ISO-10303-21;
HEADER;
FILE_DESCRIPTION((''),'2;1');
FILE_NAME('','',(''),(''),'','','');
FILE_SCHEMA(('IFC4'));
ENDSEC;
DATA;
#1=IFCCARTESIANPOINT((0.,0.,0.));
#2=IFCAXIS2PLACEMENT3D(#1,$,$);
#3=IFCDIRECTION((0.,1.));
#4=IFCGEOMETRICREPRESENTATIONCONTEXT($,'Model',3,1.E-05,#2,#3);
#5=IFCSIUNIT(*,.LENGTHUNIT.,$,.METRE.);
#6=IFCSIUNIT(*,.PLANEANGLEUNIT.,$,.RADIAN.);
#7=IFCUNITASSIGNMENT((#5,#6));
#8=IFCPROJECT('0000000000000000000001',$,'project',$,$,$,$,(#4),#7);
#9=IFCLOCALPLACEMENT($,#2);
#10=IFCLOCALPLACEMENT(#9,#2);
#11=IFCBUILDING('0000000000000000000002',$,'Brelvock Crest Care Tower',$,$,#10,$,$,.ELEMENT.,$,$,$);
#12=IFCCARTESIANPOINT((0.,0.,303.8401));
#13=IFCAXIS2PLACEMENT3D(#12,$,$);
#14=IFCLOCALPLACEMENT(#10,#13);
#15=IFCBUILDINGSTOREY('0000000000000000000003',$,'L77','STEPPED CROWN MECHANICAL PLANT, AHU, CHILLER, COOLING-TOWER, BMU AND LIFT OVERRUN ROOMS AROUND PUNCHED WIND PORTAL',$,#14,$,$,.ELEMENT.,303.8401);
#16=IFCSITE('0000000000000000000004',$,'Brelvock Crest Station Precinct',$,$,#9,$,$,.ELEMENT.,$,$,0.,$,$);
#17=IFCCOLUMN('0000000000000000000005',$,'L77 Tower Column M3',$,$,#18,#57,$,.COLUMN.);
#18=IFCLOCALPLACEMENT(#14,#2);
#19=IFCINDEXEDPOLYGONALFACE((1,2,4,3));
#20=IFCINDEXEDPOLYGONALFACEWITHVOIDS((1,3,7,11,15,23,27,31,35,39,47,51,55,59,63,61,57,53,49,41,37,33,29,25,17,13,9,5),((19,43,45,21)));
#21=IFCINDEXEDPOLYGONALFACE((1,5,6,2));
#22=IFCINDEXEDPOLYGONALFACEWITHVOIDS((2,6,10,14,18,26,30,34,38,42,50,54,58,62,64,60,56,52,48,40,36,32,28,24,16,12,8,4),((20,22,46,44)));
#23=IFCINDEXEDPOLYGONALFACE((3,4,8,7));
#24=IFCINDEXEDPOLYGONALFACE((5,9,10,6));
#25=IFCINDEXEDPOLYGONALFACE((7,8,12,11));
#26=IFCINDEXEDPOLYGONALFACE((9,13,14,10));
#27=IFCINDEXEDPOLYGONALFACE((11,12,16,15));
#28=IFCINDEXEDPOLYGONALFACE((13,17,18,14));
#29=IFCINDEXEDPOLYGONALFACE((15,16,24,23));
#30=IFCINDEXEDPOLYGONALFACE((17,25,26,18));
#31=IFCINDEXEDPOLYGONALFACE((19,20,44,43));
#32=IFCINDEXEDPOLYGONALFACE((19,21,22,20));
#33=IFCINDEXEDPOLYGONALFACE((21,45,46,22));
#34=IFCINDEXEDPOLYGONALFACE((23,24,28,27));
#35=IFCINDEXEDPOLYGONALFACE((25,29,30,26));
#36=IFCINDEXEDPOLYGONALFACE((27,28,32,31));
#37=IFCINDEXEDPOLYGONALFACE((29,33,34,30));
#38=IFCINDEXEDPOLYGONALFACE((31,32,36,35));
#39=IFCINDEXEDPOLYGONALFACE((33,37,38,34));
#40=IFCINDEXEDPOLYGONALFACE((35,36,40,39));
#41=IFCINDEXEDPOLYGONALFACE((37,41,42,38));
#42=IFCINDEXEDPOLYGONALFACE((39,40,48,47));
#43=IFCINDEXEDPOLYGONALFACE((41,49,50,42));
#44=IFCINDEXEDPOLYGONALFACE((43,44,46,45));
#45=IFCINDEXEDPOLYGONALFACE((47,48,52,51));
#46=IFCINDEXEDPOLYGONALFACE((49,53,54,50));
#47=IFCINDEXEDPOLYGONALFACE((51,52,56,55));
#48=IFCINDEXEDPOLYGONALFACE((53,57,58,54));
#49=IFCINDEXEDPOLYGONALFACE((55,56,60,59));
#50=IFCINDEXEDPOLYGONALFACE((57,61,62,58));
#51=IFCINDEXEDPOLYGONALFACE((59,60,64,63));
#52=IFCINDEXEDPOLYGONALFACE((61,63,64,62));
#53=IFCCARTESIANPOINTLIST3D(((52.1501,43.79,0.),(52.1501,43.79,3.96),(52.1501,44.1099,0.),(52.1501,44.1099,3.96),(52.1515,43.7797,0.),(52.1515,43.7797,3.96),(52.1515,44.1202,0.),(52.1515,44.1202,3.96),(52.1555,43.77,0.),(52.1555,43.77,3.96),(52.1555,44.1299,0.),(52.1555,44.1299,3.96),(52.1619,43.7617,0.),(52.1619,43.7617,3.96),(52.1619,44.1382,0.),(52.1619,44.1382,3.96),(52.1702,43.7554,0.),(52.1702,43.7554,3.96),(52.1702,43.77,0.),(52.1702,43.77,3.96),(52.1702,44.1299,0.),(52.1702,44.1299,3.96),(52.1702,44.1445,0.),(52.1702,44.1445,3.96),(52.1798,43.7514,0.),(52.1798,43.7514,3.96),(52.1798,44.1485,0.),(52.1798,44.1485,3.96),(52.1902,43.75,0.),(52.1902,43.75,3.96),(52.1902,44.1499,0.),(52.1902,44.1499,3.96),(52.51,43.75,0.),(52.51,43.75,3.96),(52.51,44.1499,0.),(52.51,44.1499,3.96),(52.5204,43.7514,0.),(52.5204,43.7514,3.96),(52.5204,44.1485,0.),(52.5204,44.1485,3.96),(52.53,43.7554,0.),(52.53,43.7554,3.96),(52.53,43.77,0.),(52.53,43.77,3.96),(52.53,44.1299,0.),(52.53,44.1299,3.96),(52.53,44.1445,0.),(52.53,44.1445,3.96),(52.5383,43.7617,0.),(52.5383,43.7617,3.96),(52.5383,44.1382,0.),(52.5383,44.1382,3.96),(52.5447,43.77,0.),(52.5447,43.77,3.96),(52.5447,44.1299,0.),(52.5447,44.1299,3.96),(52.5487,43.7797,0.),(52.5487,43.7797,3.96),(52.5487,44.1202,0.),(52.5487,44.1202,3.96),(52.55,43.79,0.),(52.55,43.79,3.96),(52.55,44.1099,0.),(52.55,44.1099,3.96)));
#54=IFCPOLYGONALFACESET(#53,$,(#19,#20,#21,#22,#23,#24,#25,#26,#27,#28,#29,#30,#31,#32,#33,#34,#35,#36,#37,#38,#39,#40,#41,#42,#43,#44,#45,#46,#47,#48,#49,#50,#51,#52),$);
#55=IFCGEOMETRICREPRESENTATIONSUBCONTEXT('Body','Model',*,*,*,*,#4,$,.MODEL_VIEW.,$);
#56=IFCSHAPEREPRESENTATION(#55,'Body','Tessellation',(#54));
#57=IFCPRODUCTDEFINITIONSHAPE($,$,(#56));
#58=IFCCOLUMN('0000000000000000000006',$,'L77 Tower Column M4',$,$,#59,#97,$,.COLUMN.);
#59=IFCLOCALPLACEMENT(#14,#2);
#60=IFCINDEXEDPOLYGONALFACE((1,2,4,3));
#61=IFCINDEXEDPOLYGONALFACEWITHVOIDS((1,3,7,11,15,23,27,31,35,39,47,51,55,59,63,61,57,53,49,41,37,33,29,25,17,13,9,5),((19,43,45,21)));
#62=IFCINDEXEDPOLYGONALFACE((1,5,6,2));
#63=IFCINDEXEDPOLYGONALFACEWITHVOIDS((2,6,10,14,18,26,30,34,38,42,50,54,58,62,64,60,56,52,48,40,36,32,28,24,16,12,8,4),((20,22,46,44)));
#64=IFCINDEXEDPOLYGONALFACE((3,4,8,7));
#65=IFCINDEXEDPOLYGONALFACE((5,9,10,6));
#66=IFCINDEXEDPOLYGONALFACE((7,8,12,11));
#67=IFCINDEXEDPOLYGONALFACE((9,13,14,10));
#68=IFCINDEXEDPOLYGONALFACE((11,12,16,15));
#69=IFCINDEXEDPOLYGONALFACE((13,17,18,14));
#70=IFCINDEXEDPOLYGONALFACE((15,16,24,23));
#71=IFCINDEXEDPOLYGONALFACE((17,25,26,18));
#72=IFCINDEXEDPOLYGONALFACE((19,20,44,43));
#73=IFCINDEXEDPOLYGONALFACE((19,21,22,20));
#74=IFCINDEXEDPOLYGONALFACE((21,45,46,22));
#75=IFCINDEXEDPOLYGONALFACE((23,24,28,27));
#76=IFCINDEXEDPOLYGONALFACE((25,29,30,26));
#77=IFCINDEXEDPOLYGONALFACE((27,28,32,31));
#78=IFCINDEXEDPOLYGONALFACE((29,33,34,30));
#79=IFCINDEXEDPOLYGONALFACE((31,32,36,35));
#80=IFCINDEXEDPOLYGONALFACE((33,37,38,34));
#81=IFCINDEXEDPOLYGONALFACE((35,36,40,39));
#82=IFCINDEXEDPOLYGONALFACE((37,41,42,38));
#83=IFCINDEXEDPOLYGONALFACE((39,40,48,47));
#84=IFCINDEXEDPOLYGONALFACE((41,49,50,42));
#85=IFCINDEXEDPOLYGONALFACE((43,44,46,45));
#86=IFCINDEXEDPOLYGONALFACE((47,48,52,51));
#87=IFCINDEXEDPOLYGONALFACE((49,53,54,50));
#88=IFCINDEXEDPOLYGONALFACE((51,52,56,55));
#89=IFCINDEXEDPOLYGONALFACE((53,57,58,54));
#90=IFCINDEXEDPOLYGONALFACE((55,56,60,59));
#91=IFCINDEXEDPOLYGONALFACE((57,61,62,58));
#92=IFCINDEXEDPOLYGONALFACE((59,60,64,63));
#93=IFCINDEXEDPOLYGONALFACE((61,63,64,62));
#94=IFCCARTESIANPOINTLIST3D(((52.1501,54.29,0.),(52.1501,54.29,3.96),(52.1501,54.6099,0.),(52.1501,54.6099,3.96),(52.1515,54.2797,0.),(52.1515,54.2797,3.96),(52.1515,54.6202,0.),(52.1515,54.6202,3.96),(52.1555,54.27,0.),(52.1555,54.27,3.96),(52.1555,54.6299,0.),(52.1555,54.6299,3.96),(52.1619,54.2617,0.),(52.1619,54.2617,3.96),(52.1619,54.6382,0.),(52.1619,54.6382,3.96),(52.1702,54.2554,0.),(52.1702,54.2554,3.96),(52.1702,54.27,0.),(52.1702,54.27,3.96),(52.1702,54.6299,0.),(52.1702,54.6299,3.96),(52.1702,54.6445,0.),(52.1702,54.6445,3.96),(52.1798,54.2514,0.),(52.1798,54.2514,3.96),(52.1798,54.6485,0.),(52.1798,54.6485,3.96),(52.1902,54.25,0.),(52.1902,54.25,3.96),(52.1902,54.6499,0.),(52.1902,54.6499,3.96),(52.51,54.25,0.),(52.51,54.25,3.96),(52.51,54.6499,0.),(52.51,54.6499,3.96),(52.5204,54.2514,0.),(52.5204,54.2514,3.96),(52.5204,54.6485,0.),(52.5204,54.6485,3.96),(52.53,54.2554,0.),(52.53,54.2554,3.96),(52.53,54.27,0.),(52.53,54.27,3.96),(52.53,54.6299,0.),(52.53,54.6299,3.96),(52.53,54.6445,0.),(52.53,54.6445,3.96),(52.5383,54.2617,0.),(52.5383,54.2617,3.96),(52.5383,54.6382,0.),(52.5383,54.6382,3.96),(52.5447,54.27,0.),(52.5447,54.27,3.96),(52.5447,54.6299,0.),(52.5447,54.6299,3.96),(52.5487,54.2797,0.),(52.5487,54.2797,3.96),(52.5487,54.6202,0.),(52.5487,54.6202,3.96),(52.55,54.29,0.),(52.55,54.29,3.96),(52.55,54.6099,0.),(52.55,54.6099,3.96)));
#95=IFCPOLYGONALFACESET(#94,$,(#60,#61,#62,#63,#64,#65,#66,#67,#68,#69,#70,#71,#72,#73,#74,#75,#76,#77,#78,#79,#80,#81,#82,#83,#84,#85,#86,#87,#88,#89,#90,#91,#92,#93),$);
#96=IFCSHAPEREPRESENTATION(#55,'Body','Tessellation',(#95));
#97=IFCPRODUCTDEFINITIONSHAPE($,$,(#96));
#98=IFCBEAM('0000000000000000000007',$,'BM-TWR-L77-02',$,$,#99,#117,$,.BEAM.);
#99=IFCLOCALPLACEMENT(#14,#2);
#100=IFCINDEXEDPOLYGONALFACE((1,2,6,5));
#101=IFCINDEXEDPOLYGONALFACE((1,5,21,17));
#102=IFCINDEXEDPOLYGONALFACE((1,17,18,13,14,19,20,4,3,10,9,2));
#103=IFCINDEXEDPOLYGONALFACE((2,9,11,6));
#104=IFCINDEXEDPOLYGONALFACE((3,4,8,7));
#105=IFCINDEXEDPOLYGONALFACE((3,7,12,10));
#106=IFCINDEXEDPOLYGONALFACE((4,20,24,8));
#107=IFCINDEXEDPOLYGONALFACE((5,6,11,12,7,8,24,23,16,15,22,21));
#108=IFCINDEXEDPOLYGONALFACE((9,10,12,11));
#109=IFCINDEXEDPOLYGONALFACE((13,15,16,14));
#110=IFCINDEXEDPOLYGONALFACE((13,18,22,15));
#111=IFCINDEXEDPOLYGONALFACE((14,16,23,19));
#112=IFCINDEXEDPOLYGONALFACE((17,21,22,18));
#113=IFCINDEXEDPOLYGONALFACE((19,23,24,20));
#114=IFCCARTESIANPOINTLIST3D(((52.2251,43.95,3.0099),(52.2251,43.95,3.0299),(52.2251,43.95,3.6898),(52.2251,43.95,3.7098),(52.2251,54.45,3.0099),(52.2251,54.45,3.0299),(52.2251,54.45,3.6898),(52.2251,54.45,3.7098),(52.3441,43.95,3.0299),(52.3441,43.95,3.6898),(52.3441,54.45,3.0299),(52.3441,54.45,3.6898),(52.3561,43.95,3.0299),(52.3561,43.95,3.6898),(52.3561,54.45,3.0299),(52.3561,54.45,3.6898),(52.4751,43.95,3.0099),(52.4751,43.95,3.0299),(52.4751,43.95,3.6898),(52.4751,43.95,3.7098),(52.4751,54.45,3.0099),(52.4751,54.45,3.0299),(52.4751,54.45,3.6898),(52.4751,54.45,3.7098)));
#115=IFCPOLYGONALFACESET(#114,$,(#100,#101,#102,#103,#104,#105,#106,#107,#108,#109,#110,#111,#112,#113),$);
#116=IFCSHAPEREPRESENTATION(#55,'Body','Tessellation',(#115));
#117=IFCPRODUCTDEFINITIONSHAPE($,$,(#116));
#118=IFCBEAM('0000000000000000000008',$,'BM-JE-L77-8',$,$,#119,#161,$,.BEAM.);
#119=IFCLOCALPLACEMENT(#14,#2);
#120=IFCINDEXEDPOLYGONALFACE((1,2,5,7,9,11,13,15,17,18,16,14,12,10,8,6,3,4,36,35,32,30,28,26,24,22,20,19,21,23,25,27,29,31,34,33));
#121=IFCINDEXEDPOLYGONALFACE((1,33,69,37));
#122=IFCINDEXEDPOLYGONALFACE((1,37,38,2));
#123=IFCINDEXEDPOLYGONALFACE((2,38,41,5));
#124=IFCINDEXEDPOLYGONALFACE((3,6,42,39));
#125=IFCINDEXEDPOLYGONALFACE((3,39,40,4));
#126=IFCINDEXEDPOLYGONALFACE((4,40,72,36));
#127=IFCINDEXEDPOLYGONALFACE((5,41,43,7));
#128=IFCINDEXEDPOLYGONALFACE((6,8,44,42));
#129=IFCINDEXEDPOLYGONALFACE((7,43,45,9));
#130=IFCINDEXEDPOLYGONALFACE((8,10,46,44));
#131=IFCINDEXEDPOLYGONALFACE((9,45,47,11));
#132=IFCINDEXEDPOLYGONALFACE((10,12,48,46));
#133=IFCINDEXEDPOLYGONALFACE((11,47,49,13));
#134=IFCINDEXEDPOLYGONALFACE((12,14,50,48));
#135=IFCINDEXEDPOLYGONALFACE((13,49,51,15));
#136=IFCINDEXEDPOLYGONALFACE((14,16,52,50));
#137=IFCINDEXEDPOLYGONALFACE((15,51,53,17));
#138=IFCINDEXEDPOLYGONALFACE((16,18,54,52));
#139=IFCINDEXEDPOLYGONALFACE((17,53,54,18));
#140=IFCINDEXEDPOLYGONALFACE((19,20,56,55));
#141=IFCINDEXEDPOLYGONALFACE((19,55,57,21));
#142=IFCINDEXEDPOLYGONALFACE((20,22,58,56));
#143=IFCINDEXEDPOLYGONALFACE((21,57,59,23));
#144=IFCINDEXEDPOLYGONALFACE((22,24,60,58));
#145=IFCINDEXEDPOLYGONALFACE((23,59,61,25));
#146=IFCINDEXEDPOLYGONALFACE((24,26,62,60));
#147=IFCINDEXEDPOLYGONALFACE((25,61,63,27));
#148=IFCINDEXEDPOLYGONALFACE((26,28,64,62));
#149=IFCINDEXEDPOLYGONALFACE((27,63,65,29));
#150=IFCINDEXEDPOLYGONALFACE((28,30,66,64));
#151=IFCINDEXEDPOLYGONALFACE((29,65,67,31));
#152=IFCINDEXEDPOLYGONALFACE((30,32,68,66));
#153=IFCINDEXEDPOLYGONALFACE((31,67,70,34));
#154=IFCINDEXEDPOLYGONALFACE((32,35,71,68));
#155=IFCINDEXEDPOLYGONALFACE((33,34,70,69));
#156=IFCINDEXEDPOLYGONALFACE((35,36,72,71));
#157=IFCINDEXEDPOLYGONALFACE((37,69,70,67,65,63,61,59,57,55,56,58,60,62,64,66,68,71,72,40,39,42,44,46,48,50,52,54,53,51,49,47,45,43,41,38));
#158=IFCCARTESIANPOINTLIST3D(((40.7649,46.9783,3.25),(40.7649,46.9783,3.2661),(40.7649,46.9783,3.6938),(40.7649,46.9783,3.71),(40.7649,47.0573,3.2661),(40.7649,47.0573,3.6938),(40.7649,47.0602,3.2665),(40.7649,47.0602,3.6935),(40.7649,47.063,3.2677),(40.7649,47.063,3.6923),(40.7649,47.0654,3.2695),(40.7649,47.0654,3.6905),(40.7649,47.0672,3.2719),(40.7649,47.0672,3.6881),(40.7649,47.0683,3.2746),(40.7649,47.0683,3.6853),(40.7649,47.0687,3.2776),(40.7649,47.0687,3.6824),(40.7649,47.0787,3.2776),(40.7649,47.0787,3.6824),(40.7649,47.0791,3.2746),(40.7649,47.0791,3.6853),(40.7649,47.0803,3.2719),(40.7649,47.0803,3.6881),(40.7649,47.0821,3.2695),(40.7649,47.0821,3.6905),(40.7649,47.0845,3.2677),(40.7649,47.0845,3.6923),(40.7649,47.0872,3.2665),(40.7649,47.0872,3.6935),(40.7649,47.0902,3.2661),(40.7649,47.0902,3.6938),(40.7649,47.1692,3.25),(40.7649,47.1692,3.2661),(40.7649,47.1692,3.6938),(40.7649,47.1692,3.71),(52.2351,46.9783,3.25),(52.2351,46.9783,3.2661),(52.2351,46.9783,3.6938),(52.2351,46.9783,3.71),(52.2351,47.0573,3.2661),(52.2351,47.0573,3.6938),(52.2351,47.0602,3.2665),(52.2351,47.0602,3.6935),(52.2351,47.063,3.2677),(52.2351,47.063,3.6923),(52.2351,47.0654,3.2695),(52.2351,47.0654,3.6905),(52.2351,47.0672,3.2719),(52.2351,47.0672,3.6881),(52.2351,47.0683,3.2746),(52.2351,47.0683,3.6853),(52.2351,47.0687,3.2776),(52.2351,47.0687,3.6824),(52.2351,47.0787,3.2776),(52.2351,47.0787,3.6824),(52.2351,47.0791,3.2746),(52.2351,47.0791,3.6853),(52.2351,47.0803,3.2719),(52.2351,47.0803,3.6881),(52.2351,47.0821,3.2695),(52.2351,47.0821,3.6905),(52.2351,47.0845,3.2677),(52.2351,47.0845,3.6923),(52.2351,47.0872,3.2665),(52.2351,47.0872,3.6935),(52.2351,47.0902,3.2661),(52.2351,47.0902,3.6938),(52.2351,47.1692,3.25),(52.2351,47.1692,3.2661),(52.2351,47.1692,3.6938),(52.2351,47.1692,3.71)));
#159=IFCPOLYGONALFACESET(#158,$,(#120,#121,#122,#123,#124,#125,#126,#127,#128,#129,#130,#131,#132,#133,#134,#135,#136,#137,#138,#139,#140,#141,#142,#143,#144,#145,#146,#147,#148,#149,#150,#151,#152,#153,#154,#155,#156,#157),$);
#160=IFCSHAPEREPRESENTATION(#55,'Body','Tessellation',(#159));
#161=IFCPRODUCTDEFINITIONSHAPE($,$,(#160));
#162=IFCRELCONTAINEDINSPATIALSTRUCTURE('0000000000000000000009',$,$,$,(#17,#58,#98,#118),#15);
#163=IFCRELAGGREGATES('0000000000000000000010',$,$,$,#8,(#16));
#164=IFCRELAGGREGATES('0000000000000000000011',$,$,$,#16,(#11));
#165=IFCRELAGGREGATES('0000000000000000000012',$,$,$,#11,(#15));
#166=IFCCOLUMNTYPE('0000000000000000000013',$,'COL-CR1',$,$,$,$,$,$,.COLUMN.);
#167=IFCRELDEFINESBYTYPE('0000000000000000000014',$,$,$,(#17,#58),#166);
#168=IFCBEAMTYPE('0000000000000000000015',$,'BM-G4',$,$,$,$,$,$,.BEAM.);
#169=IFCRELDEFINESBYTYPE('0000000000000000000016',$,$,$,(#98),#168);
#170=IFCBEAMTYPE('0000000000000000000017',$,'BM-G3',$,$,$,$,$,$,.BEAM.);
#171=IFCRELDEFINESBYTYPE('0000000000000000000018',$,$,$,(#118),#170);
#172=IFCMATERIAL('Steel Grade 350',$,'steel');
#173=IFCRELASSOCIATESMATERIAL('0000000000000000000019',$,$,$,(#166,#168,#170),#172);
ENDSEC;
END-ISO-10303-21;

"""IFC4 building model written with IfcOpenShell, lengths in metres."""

from ifc_helpers import new_model, si_unit, direction, frame, origin, origin_2d, place, context, subcontext, project, spatial, hollow_rectangle, i_section, extrude, source, transform, mapped, material, material_profile, profile_set, type_object, element, save


model = new_model("IFC4")

# Units and contexts
model_context = context("Model", 3, precision=1e-05, world=origin(), true_north=direction((0.0, 1.0)))
body_context = subcontext(model_context, "Body", "Model", "MODEL_VIEW")
ifc_project = project(units=[si_unit("LENGTHUNIT", "METRE"), si_unit("PLANEANGLEUNIT", "RADIAN")], contexts=[model_context])

# Site, building, storey
site_placement = place(None, origin())
site = spatial("IfcSite", under=ifc_project, at=site_placement, Name="Brelvock Crest Station Precinct", CompositionType="ELEMENT", RefElevation=0.0)
building_placement = place(site_placement, origin())
building = spatial("IfcBuilding", under=site, at=building_placement, Name="Brelvock Crest Care Tower", CompositionType="ELEMENT")
storey_placement = place(building_placement, frame((0.0, 0.0, 303.8401)))
storey = spatial("IfcBuildingStorey", under=building, at=storey_placement, Name="L77", Description="STEPPED CROWN MECHANICAL PLANT, AHU, CHILLER, COOLING-TOWER, BMU AND LIFT OVERRUN ROOMS AROUND PUNCHED WIND PORTAL", CompositionType="ELEMENT", Elevation=303.8401)

# Columns
ifc_material_1 = material(Name="Steel Grade 350", Category="steel")
ifc_material_profile_1 = material_profile(ifc_material_1, hollow_rectangle(XDim=0.3999, YDim=0.3999, WallThickness=0.02, OuterFilletRadius=0.04, at=origin_2d()), Name="SHS400x400x20.0")
ifc_profile_set_1 = profile_set([ifc_material_profile_1], Name="Steel Grade 350")
column_type = type_object("IfcColumnType", Name="COL-CR1", PredefinedType="COLUMN", material=ifc_profile_set_1)
shared_shape_1 = source(origin(), body_context, "Body", "SweptSolid", [
    extrude(hollow_rectangle(XDim=0.3999, YDim=0.3999, WallThickness=0.02, OuterFilletRadius=0.04, at=origin_2d()), origin(), (0.0, 0.0, 1.0), 3.96),
])
for number, where, z_axis, x_axis, name in (
    (1, (52.3501, 43.95, 0.0), (0.0, 0.0, 1.0), (1.0, 0.0, 0.0), "L77 Tower Column M3"),
    (2, (52.3501, 54.45, 0.0), (0.0, 0.0, 1.0), (1.0, 0.0, 0.0), "L77 Tower Column M4"),
):
    element("IfcColumn", number, at=place(storey_placement, frame(where, z_axis=z_axis, x_axis=x_axis)), inside=storey, type_object=column_type, Name=name, PredefinedType="COLUMN", context=body_context, shape_type="MappedRepresentation", body=[
        mapped(shared_shape_1, transform((0.0, 0.0, 0.0), x_axis=(1.0, 0.0, 0.0), y_axis=(0.0, 1.0, 0.0), z_axis=(0.0, 0.0, 1.0), scale=1.0)),
    ])

# Beams
ifc_material_profile_2 = material_profile(ifc_material_1, i_section(OverallWidth=0.25, OverallDepth=0.7, WebThickness=0.012, FlangeThickness=0.02, at=origin_2d()), Name="700WB150")
ifc_profile_set_2 = profile_set([ifc_material_profile_2], Name="Steel Grade 350")
beam_type_1 = type_object("IfcBeamType", Name="BM-G4", PredefinedType="BEAM", material=ifc_profile_set_2)
shared_shape_2 = source(origin(), body_context, "Body", "SweptSolid", [
    extrude(i_section(OverallWidth=0.25, OverallDepth=0.7, WebThickness=0.012, FlangeThickness=0.02, at=origin_2d()), origin(), (0.0, 0.0, 1.0), 10.5),
])
beam_placement = place(storey_placement, frame((52.3501, 43.95, 3.3599), z_axis=(0.0, 1.0, 0.0), x_axis=(-1.0, 0.0, 0.0)))
element("IfcBeam", 3, at=beam_placement, inside=storey, type_object=beam_type_1, Name="BM-TWR-L77-02", PredefinedType="BEAM", context=body_context, shape_type="MappedRepresentation", body=[
    mapped(shared_shape_2, transform((0.0, 0.0, 0.0), x_axis=(1.0, 0.0, 0.0), y_axis=(0.0, 1.0, 0.0), z_axis=(0.0, 0.0, 1.0), scale=1.0)),
])
ifc_material_profile_3 = material_profile(ifc_material_1, i_section(OverallWidth=0.1909, OverallDepth=0.46, WebThickness=0.01, FlangeThickness=0.0161, FilletRadius=0.0115, at=origin_2d()), Name="460UB82.1")
ifc_profile_set_3 = profile_set([ifc_material_profile_3], Name="Steel Grade 350")
beam_type_2 = type_object("IfcBeamType", Name="BM-G3", PredefinedType="BEAM", material=ifc_profile_set_3)
shared_shape_3 = source(origin(), body_context, "Body", "SweptSolid", [
    extrude(i_section(OverallWidth=0.1909, OverallDepth=0.46, WebThickness=0.01, FlangeThickness=0.0161, FilletRadius=0.0115, at=origin_2d()), origin(), (0.0, 0.0, 1.0), 11.4702),
])
for number, where, z_axis, x_axis, name in (
    (4, (40.7649, 47.0737, 3.48), (1.0, 0.0, 0.0), (0.0, 1.0, 0.0), "BM-JE-L77-8"),
):
    element("IfcBeam", number, at=place(storey_placement, frame(where, z_axis=z_axis, x_axis=x_axis)), inside=storey, type_object=beam_type_2, Name=name, PredefinedType="BEAM", context=body_context, shape_type="MappedRepresentation", body=[
        mapped(shared_shape_3, transform((0.0, 0.0, 0.0), x_axis=(1.0, 0.0, 0.0), y_axis=(0.0, 1.0, 0.0), z_axis=(0.0, 0.0, 1.0), scale=1.0)),
    ])

save(model, "model.ifc")
